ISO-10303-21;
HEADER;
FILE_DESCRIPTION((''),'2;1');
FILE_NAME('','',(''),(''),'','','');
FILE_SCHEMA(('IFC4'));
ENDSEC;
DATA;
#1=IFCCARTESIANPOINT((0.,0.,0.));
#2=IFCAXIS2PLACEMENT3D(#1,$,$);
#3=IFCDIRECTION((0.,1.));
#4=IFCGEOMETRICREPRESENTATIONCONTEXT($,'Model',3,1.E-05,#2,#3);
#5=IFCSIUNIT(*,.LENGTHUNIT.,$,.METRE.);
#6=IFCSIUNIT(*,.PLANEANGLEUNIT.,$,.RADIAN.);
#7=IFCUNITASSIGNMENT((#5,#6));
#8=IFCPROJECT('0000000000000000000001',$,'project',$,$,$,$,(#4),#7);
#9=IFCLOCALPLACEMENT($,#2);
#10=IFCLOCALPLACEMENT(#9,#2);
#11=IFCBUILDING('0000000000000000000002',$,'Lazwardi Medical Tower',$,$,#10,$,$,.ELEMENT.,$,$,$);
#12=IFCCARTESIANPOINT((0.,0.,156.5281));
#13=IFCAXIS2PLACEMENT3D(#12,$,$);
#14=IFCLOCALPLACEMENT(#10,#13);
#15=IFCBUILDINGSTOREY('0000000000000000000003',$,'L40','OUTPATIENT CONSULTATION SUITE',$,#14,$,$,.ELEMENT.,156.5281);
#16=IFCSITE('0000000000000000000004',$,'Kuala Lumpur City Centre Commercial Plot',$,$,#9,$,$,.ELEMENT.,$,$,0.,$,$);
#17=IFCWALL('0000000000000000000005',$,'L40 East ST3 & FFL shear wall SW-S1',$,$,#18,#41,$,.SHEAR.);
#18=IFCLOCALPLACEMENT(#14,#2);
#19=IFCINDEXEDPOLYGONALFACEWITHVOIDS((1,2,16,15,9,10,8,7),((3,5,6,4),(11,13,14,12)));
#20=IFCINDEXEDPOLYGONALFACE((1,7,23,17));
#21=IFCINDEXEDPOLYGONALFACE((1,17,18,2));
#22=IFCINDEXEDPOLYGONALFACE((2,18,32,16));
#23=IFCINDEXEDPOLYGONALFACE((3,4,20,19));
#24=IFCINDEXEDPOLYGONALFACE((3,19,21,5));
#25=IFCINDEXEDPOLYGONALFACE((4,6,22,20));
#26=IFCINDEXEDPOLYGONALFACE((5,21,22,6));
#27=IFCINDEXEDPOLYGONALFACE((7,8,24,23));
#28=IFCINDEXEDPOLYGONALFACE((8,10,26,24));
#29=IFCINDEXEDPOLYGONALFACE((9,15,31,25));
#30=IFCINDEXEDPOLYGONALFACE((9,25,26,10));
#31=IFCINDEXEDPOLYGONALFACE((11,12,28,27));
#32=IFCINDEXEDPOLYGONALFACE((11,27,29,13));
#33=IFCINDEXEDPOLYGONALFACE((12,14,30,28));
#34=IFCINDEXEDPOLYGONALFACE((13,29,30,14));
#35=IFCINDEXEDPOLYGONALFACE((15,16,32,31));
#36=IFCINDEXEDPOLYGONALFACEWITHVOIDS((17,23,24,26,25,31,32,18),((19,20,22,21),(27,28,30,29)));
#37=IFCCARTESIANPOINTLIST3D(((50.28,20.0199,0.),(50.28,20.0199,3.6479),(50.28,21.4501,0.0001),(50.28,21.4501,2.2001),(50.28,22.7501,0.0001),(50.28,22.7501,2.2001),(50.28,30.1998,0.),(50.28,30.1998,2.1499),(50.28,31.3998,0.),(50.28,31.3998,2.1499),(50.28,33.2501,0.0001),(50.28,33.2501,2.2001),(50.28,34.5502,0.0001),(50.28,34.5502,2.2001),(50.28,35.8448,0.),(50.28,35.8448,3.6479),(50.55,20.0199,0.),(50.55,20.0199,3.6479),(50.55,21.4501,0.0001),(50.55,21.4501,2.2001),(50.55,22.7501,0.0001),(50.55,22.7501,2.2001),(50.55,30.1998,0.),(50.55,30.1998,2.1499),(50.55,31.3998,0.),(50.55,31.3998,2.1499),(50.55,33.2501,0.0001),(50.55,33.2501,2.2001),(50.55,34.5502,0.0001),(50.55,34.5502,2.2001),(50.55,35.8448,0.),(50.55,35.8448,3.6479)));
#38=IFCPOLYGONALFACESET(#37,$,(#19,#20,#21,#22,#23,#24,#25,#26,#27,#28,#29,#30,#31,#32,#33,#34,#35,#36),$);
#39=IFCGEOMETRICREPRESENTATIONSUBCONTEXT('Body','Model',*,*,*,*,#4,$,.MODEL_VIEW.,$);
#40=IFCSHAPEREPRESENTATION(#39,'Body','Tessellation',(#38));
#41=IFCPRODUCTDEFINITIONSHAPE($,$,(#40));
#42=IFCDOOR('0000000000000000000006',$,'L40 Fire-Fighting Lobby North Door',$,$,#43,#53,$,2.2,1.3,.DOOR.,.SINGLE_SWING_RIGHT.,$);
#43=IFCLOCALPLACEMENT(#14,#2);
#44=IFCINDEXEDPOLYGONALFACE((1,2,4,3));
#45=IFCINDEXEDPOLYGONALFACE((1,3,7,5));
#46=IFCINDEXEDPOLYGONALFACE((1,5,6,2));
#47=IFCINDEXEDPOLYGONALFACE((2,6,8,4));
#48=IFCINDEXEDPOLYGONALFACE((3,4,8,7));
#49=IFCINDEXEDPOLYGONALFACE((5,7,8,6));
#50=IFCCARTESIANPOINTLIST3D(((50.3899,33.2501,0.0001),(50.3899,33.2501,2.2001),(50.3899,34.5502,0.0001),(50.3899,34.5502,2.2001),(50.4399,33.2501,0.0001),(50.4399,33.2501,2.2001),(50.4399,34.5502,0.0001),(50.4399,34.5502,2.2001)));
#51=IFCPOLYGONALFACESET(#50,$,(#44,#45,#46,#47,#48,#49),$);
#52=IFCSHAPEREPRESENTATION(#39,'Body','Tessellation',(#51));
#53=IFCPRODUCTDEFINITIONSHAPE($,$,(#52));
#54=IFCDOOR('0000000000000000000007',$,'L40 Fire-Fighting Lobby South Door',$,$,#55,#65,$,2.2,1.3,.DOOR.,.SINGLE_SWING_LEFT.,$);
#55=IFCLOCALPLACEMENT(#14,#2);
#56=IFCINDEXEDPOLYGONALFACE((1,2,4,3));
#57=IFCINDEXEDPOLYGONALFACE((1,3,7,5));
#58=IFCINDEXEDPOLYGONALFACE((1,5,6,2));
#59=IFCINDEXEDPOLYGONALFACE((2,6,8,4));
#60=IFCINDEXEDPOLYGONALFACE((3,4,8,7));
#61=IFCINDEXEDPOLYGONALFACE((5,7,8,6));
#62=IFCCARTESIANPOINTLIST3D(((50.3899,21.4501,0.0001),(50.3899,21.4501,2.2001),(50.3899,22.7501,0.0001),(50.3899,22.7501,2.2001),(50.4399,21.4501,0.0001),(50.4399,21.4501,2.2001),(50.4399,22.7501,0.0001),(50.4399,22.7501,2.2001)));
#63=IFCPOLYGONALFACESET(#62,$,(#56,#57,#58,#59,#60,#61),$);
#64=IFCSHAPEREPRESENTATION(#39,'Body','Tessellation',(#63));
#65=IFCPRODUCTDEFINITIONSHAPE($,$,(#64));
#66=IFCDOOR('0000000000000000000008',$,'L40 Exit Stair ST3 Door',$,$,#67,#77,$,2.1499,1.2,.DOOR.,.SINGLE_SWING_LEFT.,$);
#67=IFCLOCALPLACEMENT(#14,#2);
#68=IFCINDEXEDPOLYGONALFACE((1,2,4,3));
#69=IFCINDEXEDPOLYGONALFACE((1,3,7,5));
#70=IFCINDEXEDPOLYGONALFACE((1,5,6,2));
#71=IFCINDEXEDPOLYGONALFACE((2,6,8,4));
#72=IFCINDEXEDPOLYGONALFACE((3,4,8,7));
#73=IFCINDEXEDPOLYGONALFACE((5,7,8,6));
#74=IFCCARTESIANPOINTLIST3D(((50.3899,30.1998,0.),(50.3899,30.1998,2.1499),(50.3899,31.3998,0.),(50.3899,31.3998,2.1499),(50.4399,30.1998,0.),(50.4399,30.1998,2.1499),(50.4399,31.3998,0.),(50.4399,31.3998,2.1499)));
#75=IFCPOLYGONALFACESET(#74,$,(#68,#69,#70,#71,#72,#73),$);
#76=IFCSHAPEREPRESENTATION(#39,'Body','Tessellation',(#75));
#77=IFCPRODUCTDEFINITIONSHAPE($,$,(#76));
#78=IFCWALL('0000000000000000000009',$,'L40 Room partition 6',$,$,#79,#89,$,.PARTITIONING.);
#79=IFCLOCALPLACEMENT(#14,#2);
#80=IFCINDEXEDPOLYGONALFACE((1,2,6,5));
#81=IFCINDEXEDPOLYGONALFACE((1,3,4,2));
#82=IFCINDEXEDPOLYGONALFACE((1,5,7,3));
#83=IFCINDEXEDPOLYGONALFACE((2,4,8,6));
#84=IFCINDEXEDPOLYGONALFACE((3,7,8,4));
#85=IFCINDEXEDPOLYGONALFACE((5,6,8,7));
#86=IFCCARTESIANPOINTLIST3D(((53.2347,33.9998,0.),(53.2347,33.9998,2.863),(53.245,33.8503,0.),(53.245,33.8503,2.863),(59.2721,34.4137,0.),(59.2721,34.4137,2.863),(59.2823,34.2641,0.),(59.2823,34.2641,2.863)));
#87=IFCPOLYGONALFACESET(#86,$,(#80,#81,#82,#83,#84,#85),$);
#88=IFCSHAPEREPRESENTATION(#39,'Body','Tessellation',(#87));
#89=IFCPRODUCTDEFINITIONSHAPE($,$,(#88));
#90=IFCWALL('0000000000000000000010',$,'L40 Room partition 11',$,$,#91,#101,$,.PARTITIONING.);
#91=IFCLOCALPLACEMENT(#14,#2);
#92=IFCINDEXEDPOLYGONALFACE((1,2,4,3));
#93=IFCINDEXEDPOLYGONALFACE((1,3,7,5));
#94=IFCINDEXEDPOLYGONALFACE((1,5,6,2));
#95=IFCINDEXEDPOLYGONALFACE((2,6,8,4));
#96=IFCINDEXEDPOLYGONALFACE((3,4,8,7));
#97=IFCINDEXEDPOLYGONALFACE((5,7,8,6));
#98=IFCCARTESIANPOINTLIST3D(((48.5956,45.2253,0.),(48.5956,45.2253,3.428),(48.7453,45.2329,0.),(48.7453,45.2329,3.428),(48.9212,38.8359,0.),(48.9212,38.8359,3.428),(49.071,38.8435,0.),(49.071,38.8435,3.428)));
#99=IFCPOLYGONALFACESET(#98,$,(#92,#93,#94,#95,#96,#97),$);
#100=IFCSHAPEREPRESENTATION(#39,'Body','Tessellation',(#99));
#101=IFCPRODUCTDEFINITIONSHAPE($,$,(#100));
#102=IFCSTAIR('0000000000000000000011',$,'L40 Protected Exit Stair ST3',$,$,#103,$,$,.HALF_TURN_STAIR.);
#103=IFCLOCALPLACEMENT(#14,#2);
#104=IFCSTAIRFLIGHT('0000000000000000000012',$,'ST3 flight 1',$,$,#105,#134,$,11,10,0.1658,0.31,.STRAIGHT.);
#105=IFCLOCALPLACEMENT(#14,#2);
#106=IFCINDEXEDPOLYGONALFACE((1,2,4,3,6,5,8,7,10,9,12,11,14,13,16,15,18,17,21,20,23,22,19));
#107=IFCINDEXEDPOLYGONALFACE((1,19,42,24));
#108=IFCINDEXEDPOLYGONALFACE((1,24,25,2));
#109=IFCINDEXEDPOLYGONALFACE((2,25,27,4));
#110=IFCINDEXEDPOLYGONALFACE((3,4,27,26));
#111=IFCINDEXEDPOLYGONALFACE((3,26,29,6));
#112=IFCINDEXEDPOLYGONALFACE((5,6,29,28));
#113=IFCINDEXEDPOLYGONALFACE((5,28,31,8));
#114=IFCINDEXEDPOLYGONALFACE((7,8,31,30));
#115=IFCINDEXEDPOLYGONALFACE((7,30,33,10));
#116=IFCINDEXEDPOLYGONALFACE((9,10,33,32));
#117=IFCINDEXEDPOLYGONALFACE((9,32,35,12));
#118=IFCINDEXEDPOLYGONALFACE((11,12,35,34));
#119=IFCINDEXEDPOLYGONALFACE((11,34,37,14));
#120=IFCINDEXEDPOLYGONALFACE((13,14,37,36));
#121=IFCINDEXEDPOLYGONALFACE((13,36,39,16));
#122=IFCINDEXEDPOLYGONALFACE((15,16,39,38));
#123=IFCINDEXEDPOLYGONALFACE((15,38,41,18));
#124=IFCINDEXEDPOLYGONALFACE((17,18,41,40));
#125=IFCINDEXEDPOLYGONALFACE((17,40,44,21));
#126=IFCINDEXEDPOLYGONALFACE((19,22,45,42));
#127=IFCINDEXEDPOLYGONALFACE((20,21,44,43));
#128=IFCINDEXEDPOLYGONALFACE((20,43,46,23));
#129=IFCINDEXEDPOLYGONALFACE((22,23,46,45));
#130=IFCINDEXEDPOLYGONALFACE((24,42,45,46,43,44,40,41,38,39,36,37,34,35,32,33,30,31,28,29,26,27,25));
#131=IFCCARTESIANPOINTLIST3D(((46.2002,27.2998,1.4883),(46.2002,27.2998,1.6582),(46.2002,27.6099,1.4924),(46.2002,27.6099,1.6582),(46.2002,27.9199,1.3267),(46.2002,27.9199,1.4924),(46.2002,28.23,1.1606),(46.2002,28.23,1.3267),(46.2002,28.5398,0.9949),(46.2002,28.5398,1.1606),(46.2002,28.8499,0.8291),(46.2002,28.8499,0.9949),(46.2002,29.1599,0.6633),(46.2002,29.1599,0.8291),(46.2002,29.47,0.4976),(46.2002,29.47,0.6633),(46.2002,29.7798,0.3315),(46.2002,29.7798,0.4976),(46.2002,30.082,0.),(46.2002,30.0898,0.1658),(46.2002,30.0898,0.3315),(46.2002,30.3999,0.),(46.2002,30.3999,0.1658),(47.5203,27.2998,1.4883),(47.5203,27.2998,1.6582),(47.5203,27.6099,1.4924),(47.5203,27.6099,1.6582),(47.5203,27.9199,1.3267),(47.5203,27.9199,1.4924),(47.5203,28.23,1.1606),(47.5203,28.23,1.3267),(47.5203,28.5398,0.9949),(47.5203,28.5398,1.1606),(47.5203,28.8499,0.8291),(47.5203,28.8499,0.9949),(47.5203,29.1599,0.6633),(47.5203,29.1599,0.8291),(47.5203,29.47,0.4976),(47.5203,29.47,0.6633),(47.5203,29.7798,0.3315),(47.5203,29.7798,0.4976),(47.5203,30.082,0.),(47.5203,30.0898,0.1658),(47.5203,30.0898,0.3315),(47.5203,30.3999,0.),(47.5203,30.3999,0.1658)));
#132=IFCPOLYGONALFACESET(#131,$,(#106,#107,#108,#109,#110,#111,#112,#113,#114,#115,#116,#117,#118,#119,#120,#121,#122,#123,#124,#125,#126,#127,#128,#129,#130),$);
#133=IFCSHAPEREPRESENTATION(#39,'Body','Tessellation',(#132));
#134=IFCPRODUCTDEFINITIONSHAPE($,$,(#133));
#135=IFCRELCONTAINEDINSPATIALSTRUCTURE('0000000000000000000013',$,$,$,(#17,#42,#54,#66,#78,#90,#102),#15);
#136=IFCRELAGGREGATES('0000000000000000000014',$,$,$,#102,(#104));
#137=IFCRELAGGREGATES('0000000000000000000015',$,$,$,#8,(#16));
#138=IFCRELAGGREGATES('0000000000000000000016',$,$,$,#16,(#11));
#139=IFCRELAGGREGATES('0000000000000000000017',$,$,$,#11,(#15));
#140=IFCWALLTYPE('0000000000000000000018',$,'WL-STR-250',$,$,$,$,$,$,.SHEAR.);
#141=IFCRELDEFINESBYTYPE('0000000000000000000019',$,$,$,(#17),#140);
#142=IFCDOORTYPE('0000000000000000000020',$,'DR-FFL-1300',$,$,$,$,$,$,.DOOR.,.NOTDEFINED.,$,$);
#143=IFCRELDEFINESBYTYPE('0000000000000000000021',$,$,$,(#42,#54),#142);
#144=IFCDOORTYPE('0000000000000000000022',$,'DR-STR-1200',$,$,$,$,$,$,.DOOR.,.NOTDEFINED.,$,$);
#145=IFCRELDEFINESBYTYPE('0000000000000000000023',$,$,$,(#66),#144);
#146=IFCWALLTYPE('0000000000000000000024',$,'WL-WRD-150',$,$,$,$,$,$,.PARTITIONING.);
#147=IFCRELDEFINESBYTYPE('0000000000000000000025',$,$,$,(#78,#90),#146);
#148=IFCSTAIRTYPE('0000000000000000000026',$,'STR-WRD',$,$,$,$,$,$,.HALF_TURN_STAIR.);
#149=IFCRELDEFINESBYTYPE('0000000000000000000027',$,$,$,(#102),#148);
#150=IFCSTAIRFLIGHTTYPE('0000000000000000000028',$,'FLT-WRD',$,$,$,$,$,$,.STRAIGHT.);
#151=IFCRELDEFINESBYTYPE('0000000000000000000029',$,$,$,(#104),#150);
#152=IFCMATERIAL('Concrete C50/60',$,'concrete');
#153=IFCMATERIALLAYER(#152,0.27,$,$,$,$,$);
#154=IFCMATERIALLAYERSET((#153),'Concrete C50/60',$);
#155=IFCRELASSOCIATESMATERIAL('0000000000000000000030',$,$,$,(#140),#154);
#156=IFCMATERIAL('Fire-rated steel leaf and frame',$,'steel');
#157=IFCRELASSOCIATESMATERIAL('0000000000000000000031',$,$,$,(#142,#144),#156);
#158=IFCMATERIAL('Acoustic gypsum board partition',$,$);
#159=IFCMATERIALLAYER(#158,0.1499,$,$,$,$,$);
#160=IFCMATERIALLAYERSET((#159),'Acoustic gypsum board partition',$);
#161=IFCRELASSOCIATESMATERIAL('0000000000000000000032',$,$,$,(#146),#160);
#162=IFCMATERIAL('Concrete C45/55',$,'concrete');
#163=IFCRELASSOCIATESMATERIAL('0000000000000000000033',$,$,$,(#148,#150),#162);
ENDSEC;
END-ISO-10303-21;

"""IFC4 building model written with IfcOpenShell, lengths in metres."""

from ifc_helpers import new_model, si_unit, direction, frame, frame_2d, origin, place, context, subcontext, project, spatial, polyline, rectangle, outline, extrude, material, layer, layer_set, type_object, element, fill, aggregate, save


model = new_model("IFC4")

# Units and contexts
model_context = context("Model", 3, precision=1e-05, world=origin(), true_north=direction((0.0, 1.0)))
body_context = subcontext(model_context, "Body", "Model", "MODEL_VIEW")
ifc_project = project(units=[si_unit("LENGTHUNIT", "METRE"), si_unit("PLANEANGLEUNIT", "RADIAN")], contexts=[model_context])

# Site, building, storey
site_placement = place(None, origin())
site = spatial("IfcSite", under=ifc_project, at=site_placement, Name="Kuala Lumpur City Centre Commercial Plot", CompositionType="ELEMENT", RefElevation=0.0)
building_placement = place(site_placement, origin())
building = spatial("IfcBuilding", under=site, at=building_placement, Name="Lazwardi Medical Tower", CompositionType="ELEMENT")
storey_placement = place(building_placement, frame((0.0, 0.0, 156.5281)))
storey = spatial("IfcBuildingStorey", under=building, at=storey_placement, Name="L40", Description="OUTPATIENT CONSULTATION SUITE", CompositionType="ELEMENT", Elevation=156.5281)

# Wall, openings, doors
ifc_material_1 = material(Name="Concrete C50/60", Category="concrete")
ifc_layer_1 = layer(ifc_material_1, 0.27)
ifc_layer_set_1 = layer_set([ifc_layer_1], Name="Concrete C50/60")
wall_type_1 = type_object("IfcWallType", Name="WL-STR-250", PredefinedType="SHEAR", material=ifc_layer_set_1)
wall_1_placement = place(storey_placement, frame((50.415, 35.845, 0.0), z_axis=(0.0, 0.0, 1.0), x_axis=(0.0, -1.0, 0.0)))
wall_1 = element("IfcWall", 1, at=wall_1_placement, inside=storey, type_object=wall_type_1, Name="L40 East ST3 & FFL shear wall SW-S1", PredefinedType="SHEAR", context=body_context, shape_type="SweptSolid", body=[
    extrude(rectangle(XDim=15.825, YDim=0.27, at=frame_2d((7.9126, 0.0))), origin(), (0.0, 0.0, 1.0), 3.6479),
])
opening_1_placement = place(wall_1_placement, frame((4.4451, 0.0, 0.0)))
opening_1 = element("IfcOpeningElement", 2, at=opening_1_placement, cuts=wall_1, PredefinedType="OPENING", context=body_context, shape_type="SweptSolid", body=[
    extrude(rectangle(XDim=1.2, YDim=2.1499, at=frame_2d((0.6001, 1.075))), frame((0.0, 0.145, 0.0), z_axis=(0.0, -1.0, 0.0), x_axis=(1.0, 0.0, 0.0)), (0.0, 0.0, 1.0), 0.29),
])
opening_2_placement = place(wall_1_placement, frame((1.2949, 0.0, 0.0)))
opening_2 = element("IfcOpeningElement", 3, at=opening_2_placement, cuts=wall_1, PredefinedType="OPENING", context=body_context, shape_type="SweptSolid", body=[
    extrude(rectangle(XDim=1.3, YDim=2.2, at=frame_2d((0.6499, 1.1001))), frame((0.0, 0.145, 0.0), z_axis=(0.0, -1.0, 0.0), x_axis=(1.0, 0.0, 0.0)), (0.0, 0.0, 1.0), 0.29),
])
opening_3_placement = place(wall_1_placement, frame((13.095, 0.0, 0.0)))
opening_3 = element("IfcOpeningElement", 4, at=opening_3_placement, cuts=wall_1, PredefinedType="OPENING", context=body_context, shape_type="SweptSolid", body=[
    extrude(rectangle(XDim=1.3, YDim=2.2, at=frame_2d((0.6499, 1.1001))), frame((0.0, 0.145, 0.0), z_axis=(0.0, -1.0, 0.0), x_axis=(1.0, 0.0, 0.0)), (0.0, 0.0, 1.0), 0.29),
])
ifc_material_2 = material(Name="Fire-rated steel leaf and frame", Category="steel")
door_type_1 = type_object("IfcDoorType", Name="DR-FFL-1300", OperationType="NOTDEFINED", PredefinedType="DOOR", material=ifc_material_2)
door_1_placement = place(opening_2_placement, origin())
door_1 = element("IfcDoor", 5, at=door_1_placement, inside=storey, type_object=door_type_1, Name="L40 Fire-Fighting Lobby North Door", OperationType="SINGLE_SWING_RIGHT", OverallHeight=2.2, OverallWidth=1.3, PredefinedType="DOOR", context=body_context, shape_type="SweptSolid", body=[
    extrude(rectangle(XDim=1.3, YDim=2.2, at=frame_2d((0.6499, 1.1001))), frame((0.0, 0.0249, 0.0), z_axis=(0.0, -1.0, 0.0), x_axis=(1.0, 0.0, 0.0)), (0.0, 0.0, 1.0), 0.05),
])
fill(opening_2, door_1)
door_2_placement = place(opening_3_placement, origin())
door_2 = element("IfcDoor", 6, at=door_2_placement, inside=storey, type_object=door_type_1, Name="L40 Fire-Fighting Lobby South Door", OperationType="SINGLE_SWING_LEFT", OverallHeight=2.2, OverallWidth=1.3, PredefinedType="DOOR", context=body_context, shape_type="SweptSolid", body=[
    extrude(rectangle(XDim=1.3, YDim=2.2, at=frame_2d((0.6499, 1.1001))), frame((0.0, 0.0249, 0.0), z_axis=(0.0, -1.0, 0.0), x_axis=(1.0, 0.0, 0.0)), (0.0, 0.0, 1.0), 0.05),
])
fill(opening_3, door_2)
door_type_2 = type_object("IfcDoorType", Name="DR-STR-1200", OperationType="NOTDEFINED", PredefinedType="DOOR", material=ifc_material_2)
door_3_placement = place(opening_1_placement, origin())
door_3 = element("IfcDoor", 7, at=door_3_placement, inside=storey, type_object=door_type_2, Name="L40 Exit Stair ST3 Door", OperationType="SINGLE_SWING_LEFT", OverallHeight=2.1499, OverallWidth=1.2, PredefinedType="DOOR", context=body_context, shape_type="SweptSolid", body=[
    extrude(rectangle(XDim=1.2, YDim=2.1499, at=frame_2d((0.6001, 1.075))), frame((0.0, 0.0249, 0.0), z_axis=(0.0, -1.0, 0.0), x_axis=(1.0, 0.0, 0.0)), (0.0, 0.0, 1.0), 0.05),
])
fill(opening_1, door_3)

# Walls
ifc_material_3 = material(Name="Acoustic gypsum board partition")
ifc_layer_2 = layer(ifc_material_3, 0.1499)
ifc_layer_set_2 = layer_set([ifc_layer_2], Name="Acoustic gypsum board partition")
wall_type_2 = type_object("IfcWallType", Name="WL-WRD-150", PredefinedType="PARTITIONING", material=ifc_layer_set_2)
wall_2_placement = place(storey_placement, frame((53.2397, 33.925, 0.0), z_axis=(0.0, 0.0, 1.0), x_axis=(0.997659, 0.068383, 0.0)))
element("IfcWall", 8, at=wall_2_placement, inside=storey, type_object=wall_type_2, Name="L40 Room partition 6", PredefinedType="PARTITIONING", context=body_context, shape_type="SweptSolid", body=[
    extrude(rectangle(XDim=6.0515, YDim=0.1499, at=frame_2d((3.0259, 0.0))), origin(), (0.0, 0.0, 1.0), 2.863),
])
wall_3_placement = place(storey_placement, frame((48.9961, 38.8398, 0.0), z_axis=(0.0, 0.0, 1.0), x_axis=(-0.050906, 0.998703, 0.0)))
element("IfcWall", 9, at=wall_3_placement, inside=storey, type_object=wall_type_2, Name="L40 Room partition 11", PredefinedType="PARTITIONING", context=body_context, shape_type="SweptSolid", body=[
    extrude(rectangle(XDim=6.3977, YDim=0.1499, at=frame_2d((3.1987, 0.0))), origin(), (0.0, 0.0, 1.0), 3.428),
])

# Stair, stair flight
ifc_material_4 = material(Name="Concrete C45/55", Category="concrete")
stair_type = type_object("IfcStairType", Name="STR-WRD", PredefinedType="HALF_TURN_STAIR", material=ifc_material_4)
stair_placement = place(storey_placement, origin())
stair = element("IfcStair", 10, at=stair_placement, inside=storey, type_object=stair_type, Name="L40 Protected Exit Stair ST3", PredefinedType="HALF_TURN_STAIR")
stair_flight_type = type_object("IfcStairFlightType", Name="FLT-WRD", PredefinedType="STRAIGHT", material=ifc_material_4)
stair_flight_placement = place(storey_placement, frame((46.8601, 30.3999, 0.0), z_axis=(0.0, 0.0, 1.0), x_axis=(0.0, -1.0, 0.0)))
stair_flight = element("IfcStairFlight", 11, at=stair_flight_placement, type_object=stair_flight_type, Name="ST3 flight 1", NumberOfRisers=11, NumberOfTreads=10, PredefinedType="STRAIGHT", RiserHeight=0.1658, TreadLength=0.31, context=body_context, shape_type="SweptSolid", body=[
    extrude(outline(polyline([(0.0, 0.0), (0.0, 0.1658), (0.3101, 0.1658), (0.3101, 0.3315), (0.6201, 0.3315), (0.6201, 0.4976), (0.9299, 0.4976), (0.9299, 0.6633), (1.24, 0.6633), (1.24, 0.8291), (1.55, 0.8291), (1.55, 0.9949), (1.8601, 0.9949), (1.8601, 1.1606), (2.1699, 1.1606), (2.1699, 1.3267), (2.48, 1.3267), (2.48, 1.4924), (2.79, 1.4924), (2.79, 1.6582), (3.1001, 1.6582), (3.1001, 1.824), (3.1001, 1.4883), (0.3179, 0.0), (0.0, 0.0)])), frame((0.0, 0.6602, 0.0), z_axis=(0.0, -1.0, 0.0), x_axis=(1.0, 0.0, 0.0)), (0.0, 0.0, 1.0), 1.3201),
])
aggregate(stair, [stair_flight])

save(model, "model.ifc")
